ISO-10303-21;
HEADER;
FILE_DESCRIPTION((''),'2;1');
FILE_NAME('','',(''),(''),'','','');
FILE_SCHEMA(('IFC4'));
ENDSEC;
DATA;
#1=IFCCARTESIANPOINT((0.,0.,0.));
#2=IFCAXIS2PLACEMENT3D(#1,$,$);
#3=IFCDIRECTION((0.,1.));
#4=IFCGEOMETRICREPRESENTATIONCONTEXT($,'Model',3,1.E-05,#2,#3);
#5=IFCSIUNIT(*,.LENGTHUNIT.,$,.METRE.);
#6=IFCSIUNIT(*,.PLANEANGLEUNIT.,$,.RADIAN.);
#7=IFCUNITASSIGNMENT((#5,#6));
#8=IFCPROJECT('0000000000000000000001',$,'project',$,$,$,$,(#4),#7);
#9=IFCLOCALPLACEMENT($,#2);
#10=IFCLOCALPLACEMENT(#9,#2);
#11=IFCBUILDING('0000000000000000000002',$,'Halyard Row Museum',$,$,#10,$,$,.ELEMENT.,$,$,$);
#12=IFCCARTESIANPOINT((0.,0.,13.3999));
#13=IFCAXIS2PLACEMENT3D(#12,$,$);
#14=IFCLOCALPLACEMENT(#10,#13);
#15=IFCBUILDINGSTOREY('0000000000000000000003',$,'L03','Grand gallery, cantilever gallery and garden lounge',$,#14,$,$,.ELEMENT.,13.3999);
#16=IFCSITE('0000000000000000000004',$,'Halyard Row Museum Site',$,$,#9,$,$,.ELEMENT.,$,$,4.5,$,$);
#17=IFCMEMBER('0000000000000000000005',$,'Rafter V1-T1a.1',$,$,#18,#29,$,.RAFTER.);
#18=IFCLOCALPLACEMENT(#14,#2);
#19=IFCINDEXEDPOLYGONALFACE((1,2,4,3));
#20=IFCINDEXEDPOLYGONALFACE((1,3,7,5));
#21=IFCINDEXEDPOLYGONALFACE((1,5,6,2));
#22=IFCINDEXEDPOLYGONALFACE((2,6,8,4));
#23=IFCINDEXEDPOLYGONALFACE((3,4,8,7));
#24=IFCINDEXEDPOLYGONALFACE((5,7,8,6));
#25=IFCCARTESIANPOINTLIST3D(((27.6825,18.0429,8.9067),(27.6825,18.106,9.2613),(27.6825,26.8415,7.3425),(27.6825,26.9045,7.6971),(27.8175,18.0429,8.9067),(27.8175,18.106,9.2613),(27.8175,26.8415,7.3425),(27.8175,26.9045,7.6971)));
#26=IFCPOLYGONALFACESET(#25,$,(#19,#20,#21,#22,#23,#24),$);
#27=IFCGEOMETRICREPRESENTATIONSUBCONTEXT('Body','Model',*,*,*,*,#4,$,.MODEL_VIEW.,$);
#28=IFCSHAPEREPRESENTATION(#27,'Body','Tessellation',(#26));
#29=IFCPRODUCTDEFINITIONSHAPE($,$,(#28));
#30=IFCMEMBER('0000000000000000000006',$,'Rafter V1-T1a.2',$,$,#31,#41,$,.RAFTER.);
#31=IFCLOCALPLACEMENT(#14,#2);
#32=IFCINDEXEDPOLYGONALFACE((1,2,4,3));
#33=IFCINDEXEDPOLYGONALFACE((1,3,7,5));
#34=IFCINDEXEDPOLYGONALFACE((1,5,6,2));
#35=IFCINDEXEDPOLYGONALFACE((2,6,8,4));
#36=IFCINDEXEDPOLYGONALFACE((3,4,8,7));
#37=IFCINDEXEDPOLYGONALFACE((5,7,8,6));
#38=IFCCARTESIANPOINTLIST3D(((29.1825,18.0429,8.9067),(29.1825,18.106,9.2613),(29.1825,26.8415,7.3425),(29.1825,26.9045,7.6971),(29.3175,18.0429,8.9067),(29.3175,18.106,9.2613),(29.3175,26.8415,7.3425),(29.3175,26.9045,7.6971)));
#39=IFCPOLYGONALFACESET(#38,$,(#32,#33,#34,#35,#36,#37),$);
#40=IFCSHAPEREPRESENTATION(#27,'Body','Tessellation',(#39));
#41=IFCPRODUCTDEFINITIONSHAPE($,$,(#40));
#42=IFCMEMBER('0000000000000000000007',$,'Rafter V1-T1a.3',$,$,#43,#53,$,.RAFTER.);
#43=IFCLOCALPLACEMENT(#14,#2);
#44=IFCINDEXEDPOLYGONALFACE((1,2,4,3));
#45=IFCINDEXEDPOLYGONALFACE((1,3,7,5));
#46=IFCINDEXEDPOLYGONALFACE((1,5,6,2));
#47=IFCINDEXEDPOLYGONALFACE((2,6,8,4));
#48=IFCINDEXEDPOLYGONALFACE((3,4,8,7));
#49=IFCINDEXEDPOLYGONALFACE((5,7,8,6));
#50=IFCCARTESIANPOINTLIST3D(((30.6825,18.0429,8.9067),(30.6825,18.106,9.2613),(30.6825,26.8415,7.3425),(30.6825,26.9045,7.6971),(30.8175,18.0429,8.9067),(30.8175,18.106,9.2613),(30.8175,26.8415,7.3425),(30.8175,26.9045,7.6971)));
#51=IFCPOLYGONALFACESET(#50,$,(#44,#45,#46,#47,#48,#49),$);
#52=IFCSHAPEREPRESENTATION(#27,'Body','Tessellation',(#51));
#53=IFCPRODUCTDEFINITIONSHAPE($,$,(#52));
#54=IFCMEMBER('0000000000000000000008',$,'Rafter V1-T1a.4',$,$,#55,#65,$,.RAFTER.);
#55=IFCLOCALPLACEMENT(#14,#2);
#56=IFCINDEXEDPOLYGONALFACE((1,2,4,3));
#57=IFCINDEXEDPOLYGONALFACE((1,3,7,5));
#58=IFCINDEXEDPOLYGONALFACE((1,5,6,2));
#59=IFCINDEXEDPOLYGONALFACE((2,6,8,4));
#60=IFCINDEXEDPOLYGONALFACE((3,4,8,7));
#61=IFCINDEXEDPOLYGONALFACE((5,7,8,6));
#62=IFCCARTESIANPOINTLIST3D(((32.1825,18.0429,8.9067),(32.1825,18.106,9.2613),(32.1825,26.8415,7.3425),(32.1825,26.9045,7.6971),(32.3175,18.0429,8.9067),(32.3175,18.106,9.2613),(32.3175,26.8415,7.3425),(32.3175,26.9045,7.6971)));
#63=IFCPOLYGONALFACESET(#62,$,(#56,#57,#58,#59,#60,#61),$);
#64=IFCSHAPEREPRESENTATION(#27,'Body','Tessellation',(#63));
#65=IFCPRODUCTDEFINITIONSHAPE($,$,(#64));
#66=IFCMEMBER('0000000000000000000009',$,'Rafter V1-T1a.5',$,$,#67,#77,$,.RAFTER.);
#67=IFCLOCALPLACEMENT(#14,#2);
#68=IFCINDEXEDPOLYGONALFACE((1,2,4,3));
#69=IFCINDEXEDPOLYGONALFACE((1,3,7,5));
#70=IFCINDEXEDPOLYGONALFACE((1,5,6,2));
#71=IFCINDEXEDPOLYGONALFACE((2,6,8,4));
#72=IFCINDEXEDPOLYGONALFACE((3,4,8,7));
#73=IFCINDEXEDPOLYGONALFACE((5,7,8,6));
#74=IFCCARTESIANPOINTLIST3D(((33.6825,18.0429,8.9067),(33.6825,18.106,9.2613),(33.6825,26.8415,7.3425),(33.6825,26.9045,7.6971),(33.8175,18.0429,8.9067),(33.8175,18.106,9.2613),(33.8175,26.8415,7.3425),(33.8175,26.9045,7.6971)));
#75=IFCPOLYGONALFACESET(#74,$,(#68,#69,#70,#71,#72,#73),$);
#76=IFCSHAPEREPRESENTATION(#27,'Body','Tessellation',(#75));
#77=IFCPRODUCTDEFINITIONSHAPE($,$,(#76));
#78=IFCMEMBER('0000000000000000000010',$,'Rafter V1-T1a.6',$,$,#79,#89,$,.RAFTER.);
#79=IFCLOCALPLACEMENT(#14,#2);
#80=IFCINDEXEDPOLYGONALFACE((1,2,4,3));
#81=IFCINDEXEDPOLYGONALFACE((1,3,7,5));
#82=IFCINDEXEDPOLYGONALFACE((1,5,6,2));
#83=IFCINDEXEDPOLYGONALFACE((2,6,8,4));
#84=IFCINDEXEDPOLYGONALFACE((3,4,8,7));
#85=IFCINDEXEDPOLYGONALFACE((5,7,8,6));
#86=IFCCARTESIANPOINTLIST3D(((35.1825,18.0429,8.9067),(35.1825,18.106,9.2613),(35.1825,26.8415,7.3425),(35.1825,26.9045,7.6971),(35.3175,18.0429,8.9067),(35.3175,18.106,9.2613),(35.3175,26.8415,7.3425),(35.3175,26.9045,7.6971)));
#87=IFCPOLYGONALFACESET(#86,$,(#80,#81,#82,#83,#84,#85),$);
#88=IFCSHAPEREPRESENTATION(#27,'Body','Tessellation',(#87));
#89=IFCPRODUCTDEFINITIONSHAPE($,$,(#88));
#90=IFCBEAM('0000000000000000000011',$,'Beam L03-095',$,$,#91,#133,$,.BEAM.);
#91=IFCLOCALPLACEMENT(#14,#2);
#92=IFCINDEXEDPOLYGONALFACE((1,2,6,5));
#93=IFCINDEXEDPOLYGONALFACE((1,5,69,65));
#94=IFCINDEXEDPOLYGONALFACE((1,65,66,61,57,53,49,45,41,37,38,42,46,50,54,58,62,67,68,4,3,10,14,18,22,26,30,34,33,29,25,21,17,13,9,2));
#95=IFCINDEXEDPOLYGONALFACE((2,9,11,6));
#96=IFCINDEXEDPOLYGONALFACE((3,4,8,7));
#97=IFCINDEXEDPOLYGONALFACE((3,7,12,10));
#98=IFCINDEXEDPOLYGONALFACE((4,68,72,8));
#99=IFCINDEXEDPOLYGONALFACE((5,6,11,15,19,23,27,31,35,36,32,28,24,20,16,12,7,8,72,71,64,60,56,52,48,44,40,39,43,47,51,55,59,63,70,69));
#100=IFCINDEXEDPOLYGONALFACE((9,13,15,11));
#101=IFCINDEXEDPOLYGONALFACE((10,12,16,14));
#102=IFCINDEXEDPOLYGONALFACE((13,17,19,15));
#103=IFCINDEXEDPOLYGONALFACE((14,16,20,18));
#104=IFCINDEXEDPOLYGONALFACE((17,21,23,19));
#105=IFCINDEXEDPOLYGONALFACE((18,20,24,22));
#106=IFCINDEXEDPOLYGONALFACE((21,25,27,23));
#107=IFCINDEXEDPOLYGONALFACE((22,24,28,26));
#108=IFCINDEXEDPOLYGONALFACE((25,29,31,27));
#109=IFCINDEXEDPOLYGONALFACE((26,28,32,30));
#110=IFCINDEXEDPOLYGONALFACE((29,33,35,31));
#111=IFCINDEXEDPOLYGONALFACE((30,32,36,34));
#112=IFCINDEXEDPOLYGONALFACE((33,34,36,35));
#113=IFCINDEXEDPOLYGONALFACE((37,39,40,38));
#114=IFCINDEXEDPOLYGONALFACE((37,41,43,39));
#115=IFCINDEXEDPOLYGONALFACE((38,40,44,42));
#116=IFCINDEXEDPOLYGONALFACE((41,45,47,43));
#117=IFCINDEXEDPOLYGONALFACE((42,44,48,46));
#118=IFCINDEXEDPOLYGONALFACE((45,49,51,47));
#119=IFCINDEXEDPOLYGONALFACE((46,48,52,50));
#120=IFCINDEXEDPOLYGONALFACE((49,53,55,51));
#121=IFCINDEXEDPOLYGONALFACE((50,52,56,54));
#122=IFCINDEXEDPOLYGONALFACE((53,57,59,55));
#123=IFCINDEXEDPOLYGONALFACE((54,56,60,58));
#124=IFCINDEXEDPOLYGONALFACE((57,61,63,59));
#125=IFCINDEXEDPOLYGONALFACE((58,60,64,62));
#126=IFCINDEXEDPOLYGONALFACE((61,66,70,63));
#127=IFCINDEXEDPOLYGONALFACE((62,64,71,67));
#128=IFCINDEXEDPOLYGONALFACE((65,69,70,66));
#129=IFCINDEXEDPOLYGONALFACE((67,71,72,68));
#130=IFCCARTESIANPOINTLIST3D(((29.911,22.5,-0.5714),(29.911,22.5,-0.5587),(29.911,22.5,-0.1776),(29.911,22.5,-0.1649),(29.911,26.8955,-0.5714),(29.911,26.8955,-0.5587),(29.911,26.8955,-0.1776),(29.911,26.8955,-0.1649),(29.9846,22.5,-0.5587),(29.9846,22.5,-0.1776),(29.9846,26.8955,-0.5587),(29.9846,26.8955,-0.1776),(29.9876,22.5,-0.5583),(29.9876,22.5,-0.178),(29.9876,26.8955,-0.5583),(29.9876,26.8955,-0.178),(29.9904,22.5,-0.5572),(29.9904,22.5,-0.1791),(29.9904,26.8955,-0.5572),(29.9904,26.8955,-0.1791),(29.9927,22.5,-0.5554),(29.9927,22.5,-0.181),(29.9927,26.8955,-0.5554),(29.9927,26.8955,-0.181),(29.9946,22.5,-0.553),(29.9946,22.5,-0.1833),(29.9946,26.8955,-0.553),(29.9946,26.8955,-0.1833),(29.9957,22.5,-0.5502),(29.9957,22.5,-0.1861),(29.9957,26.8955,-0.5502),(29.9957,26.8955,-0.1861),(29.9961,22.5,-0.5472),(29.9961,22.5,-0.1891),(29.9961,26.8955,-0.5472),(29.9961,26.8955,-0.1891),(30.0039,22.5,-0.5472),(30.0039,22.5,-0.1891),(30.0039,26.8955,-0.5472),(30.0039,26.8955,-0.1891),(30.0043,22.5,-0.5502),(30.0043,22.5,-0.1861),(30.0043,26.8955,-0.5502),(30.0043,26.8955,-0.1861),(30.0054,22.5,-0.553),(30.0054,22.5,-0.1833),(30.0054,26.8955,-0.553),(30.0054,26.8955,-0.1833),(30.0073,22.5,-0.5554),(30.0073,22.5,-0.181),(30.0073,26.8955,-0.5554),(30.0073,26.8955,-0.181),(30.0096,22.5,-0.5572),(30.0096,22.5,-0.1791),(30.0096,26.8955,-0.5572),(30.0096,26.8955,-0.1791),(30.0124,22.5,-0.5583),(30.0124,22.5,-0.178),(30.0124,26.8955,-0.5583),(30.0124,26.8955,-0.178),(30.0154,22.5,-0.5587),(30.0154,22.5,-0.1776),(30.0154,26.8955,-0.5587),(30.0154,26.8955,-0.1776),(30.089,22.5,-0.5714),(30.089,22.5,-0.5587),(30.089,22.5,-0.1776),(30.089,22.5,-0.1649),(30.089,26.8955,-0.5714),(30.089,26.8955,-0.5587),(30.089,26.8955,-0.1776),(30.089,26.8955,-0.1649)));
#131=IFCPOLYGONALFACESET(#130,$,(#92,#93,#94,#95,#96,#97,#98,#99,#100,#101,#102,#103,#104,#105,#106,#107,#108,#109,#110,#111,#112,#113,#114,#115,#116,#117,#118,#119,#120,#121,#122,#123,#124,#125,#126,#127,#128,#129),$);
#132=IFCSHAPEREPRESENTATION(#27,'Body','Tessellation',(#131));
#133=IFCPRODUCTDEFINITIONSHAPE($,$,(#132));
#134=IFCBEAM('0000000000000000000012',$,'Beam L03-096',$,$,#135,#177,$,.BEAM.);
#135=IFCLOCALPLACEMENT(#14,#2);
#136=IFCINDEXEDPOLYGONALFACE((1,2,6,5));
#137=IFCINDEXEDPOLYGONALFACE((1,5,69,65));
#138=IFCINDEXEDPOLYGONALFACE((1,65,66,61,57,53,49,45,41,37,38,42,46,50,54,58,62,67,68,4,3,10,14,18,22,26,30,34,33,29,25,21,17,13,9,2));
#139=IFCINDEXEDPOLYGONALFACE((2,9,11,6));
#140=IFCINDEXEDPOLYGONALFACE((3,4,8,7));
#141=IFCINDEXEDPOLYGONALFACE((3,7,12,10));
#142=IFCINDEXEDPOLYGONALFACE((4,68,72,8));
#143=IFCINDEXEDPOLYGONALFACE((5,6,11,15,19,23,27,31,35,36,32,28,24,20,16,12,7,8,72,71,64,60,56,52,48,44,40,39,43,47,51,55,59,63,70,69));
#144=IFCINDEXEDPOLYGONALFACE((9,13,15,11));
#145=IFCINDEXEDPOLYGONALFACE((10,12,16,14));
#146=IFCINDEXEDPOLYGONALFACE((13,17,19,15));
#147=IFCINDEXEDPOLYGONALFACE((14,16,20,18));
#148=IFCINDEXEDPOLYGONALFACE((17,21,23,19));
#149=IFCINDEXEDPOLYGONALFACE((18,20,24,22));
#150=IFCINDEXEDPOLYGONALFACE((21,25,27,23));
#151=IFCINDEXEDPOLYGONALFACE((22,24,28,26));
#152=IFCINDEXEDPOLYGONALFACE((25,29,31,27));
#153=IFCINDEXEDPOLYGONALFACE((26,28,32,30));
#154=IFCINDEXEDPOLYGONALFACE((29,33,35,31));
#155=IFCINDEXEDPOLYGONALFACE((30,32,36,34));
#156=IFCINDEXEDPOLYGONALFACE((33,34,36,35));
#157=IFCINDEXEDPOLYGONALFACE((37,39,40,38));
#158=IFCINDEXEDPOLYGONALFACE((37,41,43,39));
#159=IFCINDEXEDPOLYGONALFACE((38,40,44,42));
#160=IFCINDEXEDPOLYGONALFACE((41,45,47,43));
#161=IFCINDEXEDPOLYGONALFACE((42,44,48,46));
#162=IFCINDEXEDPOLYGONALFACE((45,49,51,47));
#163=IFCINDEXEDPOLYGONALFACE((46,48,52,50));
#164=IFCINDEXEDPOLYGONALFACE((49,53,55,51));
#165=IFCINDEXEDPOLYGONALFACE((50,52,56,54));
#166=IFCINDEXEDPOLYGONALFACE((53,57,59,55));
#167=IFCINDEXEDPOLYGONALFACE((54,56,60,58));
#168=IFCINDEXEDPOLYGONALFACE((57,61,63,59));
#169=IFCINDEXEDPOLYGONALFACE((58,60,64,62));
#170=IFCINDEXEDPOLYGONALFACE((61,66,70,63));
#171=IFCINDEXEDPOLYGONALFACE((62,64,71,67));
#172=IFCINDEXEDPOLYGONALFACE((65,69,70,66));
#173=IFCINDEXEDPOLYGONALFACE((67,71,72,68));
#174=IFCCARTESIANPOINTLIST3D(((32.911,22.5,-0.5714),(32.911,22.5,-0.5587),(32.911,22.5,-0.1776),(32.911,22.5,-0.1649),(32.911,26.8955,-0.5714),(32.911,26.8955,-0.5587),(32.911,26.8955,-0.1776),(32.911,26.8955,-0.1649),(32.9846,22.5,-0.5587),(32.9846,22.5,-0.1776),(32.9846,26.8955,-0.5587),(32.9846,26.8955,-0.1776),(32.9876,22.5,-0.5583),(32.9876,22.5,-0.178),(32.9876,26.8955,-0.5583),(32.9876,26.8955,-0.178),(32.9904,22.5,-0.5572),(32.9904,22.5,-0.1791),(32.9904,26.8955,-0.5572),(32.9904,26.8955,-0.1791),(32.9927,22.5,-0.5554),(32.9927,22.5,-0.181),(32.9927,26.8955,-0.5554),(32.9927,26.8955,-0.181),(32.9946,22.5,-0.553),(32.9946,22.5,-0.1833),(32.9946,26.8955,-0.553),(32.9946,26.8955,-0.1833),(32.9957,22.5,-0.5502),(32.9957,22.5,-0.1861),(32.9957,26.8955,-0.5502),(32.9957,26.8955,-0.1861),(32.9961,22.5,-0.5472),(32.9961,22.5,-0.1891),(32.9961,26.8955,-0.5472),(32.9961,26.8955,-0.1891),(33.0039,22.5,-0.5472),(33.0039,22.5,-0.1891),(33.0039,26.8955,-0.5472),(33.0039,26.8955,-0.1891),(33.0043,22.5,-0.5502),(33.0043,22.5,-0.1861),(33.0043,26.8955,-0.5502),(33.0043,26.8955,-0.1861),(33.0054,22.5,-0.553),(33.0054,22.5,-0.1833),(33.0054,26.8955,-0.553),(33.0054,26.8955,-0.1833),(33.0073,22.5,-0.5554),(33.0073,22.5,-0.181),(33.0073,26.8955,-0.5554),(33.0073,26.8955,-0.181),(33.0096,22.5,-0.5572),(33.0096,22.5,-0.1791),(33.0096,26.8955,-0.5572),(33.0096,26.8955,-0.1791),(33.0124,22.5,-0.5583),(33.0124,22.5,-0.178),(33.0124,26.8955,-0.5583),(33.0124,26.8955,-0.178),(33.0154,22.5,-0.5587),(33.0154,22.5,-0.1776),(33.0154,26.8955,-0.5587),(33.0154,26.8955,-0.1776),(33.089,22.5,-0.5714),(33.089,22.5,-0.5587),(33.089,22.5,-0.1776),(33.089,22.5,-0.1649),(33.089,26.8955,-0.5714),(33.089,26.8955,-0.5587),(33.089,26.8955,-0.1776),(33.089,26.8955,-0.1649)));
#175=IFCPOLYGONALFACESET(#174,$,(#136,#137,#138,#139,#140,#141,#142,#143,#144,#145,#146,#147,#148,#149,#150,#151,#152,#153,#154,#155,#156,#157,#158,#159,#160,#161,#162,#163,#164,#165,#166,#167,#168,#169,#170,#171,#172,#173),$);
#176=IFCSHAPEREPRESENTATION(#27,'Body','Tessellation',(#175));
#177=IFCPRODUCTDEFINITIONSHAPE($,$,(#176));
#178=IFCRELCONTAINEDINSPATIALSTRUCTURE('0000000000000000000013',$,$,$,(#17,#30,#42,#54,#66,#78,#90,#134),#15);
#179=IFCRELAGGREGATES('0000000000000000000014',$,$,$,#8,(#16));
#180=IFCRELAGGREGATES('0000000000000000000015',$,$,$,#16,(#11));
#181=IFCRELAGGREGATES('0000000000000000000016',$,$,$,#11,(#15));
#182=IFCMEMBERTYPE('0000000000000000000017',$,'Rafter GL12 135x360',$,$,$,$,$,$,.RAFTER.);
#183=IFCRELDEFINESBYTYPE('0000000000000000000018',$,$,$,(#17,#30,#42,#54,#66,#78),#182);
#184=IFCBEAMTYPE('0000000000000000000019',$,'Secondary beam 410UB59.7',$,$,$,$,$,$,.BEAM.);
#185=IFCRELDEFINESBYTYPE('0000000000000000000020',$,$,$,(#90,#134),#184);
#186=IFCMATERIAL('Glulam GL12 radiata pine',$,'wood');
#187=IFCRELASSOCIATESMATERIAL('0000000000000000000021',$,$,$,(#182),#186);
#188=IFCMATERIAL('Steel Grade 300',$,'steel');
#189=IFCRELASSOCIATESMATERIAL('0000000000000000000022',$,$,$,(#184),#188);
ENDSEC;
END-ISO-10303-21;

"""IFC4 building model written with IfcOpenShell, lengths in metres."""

from ifc_helpers import new_model, si_unit, direction, frame, origin, origin_2d, place, context, subcontext, project, spatial, rectangle, i_section, extrude, material, material_profile, profile_set, type_object, element, save


model = new_model("IFC4")

# Units and contexts
model_context = context("Model", 3, precision=1e-05, world=origin(), true_north=direction((0.0, 1.0)))
body_context = subcontext(model_context, "Body", "Model", "MODEL_VIEW")
ifc_project = project(units=[si_unit("LENGTHUNIT", "METRE"), si_unit("PLANEANGLEUNIT", "RADIAN")], contexts=[model_context])

# Site, building, storey
site_placement = place(None, origin())
site = spatial("IfcSite", under=ifc_project, at=site_placement, Name="Halyard Row Museum Site", CompositionType="ELEMENT", RefElevation=4.5)
building_placement = place(site_placement, origin())
building = spatial("IfcBuilding", under=site, at=building_placement, Name="Halyard Row Museum", CompositionType="ELEMENT")
storey_placement = place(building_placement, frame((0.0, 0.0, 13.3999)))
storey = spatial("IfcBuildingStorey", under=building, at=storey_placement, Name="L03", Description="Grand gallery, cantilever gallery and garden lounge", CompositionType="ELEMENT", Elevation=13.3999)

# Members
ifc_material_1 = material(Name="Glulam GL12 radiata pine", Category="wood")
ifc_material_profile_1 = material_profile(ifc_material_1, rectangle(XDim=0.135, YDim=0.3601, at=origin_2d()), Name="GL12 135x360")
ifc_profile_set_1 = profile_set([ifc_material_profile_1], Name="Glulam GL12 radiata pine")
member_type_1 = type_object("IfcMemberType", Name="Rafter GL12 135x360", PredefinedType="RAFTER", material=ifc_profile_set_1)
for number, where, z_axis, x_axis, name in (
    (1, (27.75, 18.0745, 9.084), (0.0, 0.984562, -0.175035), (-1.0, 0.0, 0.0), "Rafter V1-T1a.1"),
    (2, (29.25, 18.0745, 9.084), (0.0, 0.984562, -0.175035), (-1.0, 0.0, 0.0), "Rafter V1-T1a.2"),
    (3, (30.75, 18.0745, 9.084), (0.0, 0.984562, -0.175035), (-1.0, 0.0, 0.0), "Rafter V1-T1a.3"),
    (4, (32.25, 18.0745, 9.084), (0.0, 0.984562, -0.175035), (-1.0, 0.0, 0.0), "Rafter V1-T1a.4"),
    (5, (33.75, 18.0745, 9.084), (0.0, 0.984562, -0.175035), (-1.0, 0.0, 0.0), "Rafter V1-T1a.5"),
    (6, (35.25, 18.0745, 9.084), (0.0, 0.984562, -0.175035), (-1.0, 0.0, 0.0), "Rafter V1-T1a.6"),
):
    element("IfcMember", number, at=place(storey_placement, frame(where, z_axis=z_axis, x_axis=x_axis)), inside=storey, type_object=member_type_1, Name=name, PredefinedType="RAFTER", context=body_context, shape_type="SweptSolid", body=[
        extrude(rectangle(XDim=0.135, YDim=0.3601, at=origin_2d()), origin(), (0.0, 0.0, 1.0), 8.9365),
    ])

# Beams
ifc_material_2 = material(Name="Steel Grade 300", Category="steel")
ifc_material_profile_2 = material_profile(ifc_material_2, i_section(OverallWidth=0.178, OverallDepth=0.4065, WebThickness=0.0078, FlangeThickness=0.0127, FilletRadius=0.0115, at=origin_2d()), Name="410UB59.7")
ifc_profile_set_2 = profile_set([ifc_material_profile_2], Name="Steel Grade 300")
beam_type = type_object("IfcBeamType", Name="Secondary beam 410UB59.7", PredefinedType="BEAM", material=ifc_profile_set_2)
for number, where, z_axis, x_axis, name in (
    (7, (30.0, 22.5, -0.3682), (0.0, 1.0, 0.0), (-1.0, 0.0, 0.0), "Beam L03-095"),
    (8, (33.0, 22.5, -0.3682), (0.0, 1.0, 0.0), (-1.0, 0.0, 0.0), "Beam L03-096"),
):
    element("IfcBeam", number, at=place(storey_placement, frame(where, z_axis=z_axis, x_axis=x_axis)), inside=storey, type_object=beam_type, Name=name, PredefinedType="BEAM", context=body_context, shape_type="SweptSolid", body=[
        extrude(i_section(OverallWidth=0.178, OverallDepth=0.4065, WebThickness=0.0078, FlangeThickness=0.0127, FilletRadius=0.0115, at=origin_2d()), origin(), (0.0, 0.0, 1.0), 4.3955),
    ])

save(model, "model.ifc")
